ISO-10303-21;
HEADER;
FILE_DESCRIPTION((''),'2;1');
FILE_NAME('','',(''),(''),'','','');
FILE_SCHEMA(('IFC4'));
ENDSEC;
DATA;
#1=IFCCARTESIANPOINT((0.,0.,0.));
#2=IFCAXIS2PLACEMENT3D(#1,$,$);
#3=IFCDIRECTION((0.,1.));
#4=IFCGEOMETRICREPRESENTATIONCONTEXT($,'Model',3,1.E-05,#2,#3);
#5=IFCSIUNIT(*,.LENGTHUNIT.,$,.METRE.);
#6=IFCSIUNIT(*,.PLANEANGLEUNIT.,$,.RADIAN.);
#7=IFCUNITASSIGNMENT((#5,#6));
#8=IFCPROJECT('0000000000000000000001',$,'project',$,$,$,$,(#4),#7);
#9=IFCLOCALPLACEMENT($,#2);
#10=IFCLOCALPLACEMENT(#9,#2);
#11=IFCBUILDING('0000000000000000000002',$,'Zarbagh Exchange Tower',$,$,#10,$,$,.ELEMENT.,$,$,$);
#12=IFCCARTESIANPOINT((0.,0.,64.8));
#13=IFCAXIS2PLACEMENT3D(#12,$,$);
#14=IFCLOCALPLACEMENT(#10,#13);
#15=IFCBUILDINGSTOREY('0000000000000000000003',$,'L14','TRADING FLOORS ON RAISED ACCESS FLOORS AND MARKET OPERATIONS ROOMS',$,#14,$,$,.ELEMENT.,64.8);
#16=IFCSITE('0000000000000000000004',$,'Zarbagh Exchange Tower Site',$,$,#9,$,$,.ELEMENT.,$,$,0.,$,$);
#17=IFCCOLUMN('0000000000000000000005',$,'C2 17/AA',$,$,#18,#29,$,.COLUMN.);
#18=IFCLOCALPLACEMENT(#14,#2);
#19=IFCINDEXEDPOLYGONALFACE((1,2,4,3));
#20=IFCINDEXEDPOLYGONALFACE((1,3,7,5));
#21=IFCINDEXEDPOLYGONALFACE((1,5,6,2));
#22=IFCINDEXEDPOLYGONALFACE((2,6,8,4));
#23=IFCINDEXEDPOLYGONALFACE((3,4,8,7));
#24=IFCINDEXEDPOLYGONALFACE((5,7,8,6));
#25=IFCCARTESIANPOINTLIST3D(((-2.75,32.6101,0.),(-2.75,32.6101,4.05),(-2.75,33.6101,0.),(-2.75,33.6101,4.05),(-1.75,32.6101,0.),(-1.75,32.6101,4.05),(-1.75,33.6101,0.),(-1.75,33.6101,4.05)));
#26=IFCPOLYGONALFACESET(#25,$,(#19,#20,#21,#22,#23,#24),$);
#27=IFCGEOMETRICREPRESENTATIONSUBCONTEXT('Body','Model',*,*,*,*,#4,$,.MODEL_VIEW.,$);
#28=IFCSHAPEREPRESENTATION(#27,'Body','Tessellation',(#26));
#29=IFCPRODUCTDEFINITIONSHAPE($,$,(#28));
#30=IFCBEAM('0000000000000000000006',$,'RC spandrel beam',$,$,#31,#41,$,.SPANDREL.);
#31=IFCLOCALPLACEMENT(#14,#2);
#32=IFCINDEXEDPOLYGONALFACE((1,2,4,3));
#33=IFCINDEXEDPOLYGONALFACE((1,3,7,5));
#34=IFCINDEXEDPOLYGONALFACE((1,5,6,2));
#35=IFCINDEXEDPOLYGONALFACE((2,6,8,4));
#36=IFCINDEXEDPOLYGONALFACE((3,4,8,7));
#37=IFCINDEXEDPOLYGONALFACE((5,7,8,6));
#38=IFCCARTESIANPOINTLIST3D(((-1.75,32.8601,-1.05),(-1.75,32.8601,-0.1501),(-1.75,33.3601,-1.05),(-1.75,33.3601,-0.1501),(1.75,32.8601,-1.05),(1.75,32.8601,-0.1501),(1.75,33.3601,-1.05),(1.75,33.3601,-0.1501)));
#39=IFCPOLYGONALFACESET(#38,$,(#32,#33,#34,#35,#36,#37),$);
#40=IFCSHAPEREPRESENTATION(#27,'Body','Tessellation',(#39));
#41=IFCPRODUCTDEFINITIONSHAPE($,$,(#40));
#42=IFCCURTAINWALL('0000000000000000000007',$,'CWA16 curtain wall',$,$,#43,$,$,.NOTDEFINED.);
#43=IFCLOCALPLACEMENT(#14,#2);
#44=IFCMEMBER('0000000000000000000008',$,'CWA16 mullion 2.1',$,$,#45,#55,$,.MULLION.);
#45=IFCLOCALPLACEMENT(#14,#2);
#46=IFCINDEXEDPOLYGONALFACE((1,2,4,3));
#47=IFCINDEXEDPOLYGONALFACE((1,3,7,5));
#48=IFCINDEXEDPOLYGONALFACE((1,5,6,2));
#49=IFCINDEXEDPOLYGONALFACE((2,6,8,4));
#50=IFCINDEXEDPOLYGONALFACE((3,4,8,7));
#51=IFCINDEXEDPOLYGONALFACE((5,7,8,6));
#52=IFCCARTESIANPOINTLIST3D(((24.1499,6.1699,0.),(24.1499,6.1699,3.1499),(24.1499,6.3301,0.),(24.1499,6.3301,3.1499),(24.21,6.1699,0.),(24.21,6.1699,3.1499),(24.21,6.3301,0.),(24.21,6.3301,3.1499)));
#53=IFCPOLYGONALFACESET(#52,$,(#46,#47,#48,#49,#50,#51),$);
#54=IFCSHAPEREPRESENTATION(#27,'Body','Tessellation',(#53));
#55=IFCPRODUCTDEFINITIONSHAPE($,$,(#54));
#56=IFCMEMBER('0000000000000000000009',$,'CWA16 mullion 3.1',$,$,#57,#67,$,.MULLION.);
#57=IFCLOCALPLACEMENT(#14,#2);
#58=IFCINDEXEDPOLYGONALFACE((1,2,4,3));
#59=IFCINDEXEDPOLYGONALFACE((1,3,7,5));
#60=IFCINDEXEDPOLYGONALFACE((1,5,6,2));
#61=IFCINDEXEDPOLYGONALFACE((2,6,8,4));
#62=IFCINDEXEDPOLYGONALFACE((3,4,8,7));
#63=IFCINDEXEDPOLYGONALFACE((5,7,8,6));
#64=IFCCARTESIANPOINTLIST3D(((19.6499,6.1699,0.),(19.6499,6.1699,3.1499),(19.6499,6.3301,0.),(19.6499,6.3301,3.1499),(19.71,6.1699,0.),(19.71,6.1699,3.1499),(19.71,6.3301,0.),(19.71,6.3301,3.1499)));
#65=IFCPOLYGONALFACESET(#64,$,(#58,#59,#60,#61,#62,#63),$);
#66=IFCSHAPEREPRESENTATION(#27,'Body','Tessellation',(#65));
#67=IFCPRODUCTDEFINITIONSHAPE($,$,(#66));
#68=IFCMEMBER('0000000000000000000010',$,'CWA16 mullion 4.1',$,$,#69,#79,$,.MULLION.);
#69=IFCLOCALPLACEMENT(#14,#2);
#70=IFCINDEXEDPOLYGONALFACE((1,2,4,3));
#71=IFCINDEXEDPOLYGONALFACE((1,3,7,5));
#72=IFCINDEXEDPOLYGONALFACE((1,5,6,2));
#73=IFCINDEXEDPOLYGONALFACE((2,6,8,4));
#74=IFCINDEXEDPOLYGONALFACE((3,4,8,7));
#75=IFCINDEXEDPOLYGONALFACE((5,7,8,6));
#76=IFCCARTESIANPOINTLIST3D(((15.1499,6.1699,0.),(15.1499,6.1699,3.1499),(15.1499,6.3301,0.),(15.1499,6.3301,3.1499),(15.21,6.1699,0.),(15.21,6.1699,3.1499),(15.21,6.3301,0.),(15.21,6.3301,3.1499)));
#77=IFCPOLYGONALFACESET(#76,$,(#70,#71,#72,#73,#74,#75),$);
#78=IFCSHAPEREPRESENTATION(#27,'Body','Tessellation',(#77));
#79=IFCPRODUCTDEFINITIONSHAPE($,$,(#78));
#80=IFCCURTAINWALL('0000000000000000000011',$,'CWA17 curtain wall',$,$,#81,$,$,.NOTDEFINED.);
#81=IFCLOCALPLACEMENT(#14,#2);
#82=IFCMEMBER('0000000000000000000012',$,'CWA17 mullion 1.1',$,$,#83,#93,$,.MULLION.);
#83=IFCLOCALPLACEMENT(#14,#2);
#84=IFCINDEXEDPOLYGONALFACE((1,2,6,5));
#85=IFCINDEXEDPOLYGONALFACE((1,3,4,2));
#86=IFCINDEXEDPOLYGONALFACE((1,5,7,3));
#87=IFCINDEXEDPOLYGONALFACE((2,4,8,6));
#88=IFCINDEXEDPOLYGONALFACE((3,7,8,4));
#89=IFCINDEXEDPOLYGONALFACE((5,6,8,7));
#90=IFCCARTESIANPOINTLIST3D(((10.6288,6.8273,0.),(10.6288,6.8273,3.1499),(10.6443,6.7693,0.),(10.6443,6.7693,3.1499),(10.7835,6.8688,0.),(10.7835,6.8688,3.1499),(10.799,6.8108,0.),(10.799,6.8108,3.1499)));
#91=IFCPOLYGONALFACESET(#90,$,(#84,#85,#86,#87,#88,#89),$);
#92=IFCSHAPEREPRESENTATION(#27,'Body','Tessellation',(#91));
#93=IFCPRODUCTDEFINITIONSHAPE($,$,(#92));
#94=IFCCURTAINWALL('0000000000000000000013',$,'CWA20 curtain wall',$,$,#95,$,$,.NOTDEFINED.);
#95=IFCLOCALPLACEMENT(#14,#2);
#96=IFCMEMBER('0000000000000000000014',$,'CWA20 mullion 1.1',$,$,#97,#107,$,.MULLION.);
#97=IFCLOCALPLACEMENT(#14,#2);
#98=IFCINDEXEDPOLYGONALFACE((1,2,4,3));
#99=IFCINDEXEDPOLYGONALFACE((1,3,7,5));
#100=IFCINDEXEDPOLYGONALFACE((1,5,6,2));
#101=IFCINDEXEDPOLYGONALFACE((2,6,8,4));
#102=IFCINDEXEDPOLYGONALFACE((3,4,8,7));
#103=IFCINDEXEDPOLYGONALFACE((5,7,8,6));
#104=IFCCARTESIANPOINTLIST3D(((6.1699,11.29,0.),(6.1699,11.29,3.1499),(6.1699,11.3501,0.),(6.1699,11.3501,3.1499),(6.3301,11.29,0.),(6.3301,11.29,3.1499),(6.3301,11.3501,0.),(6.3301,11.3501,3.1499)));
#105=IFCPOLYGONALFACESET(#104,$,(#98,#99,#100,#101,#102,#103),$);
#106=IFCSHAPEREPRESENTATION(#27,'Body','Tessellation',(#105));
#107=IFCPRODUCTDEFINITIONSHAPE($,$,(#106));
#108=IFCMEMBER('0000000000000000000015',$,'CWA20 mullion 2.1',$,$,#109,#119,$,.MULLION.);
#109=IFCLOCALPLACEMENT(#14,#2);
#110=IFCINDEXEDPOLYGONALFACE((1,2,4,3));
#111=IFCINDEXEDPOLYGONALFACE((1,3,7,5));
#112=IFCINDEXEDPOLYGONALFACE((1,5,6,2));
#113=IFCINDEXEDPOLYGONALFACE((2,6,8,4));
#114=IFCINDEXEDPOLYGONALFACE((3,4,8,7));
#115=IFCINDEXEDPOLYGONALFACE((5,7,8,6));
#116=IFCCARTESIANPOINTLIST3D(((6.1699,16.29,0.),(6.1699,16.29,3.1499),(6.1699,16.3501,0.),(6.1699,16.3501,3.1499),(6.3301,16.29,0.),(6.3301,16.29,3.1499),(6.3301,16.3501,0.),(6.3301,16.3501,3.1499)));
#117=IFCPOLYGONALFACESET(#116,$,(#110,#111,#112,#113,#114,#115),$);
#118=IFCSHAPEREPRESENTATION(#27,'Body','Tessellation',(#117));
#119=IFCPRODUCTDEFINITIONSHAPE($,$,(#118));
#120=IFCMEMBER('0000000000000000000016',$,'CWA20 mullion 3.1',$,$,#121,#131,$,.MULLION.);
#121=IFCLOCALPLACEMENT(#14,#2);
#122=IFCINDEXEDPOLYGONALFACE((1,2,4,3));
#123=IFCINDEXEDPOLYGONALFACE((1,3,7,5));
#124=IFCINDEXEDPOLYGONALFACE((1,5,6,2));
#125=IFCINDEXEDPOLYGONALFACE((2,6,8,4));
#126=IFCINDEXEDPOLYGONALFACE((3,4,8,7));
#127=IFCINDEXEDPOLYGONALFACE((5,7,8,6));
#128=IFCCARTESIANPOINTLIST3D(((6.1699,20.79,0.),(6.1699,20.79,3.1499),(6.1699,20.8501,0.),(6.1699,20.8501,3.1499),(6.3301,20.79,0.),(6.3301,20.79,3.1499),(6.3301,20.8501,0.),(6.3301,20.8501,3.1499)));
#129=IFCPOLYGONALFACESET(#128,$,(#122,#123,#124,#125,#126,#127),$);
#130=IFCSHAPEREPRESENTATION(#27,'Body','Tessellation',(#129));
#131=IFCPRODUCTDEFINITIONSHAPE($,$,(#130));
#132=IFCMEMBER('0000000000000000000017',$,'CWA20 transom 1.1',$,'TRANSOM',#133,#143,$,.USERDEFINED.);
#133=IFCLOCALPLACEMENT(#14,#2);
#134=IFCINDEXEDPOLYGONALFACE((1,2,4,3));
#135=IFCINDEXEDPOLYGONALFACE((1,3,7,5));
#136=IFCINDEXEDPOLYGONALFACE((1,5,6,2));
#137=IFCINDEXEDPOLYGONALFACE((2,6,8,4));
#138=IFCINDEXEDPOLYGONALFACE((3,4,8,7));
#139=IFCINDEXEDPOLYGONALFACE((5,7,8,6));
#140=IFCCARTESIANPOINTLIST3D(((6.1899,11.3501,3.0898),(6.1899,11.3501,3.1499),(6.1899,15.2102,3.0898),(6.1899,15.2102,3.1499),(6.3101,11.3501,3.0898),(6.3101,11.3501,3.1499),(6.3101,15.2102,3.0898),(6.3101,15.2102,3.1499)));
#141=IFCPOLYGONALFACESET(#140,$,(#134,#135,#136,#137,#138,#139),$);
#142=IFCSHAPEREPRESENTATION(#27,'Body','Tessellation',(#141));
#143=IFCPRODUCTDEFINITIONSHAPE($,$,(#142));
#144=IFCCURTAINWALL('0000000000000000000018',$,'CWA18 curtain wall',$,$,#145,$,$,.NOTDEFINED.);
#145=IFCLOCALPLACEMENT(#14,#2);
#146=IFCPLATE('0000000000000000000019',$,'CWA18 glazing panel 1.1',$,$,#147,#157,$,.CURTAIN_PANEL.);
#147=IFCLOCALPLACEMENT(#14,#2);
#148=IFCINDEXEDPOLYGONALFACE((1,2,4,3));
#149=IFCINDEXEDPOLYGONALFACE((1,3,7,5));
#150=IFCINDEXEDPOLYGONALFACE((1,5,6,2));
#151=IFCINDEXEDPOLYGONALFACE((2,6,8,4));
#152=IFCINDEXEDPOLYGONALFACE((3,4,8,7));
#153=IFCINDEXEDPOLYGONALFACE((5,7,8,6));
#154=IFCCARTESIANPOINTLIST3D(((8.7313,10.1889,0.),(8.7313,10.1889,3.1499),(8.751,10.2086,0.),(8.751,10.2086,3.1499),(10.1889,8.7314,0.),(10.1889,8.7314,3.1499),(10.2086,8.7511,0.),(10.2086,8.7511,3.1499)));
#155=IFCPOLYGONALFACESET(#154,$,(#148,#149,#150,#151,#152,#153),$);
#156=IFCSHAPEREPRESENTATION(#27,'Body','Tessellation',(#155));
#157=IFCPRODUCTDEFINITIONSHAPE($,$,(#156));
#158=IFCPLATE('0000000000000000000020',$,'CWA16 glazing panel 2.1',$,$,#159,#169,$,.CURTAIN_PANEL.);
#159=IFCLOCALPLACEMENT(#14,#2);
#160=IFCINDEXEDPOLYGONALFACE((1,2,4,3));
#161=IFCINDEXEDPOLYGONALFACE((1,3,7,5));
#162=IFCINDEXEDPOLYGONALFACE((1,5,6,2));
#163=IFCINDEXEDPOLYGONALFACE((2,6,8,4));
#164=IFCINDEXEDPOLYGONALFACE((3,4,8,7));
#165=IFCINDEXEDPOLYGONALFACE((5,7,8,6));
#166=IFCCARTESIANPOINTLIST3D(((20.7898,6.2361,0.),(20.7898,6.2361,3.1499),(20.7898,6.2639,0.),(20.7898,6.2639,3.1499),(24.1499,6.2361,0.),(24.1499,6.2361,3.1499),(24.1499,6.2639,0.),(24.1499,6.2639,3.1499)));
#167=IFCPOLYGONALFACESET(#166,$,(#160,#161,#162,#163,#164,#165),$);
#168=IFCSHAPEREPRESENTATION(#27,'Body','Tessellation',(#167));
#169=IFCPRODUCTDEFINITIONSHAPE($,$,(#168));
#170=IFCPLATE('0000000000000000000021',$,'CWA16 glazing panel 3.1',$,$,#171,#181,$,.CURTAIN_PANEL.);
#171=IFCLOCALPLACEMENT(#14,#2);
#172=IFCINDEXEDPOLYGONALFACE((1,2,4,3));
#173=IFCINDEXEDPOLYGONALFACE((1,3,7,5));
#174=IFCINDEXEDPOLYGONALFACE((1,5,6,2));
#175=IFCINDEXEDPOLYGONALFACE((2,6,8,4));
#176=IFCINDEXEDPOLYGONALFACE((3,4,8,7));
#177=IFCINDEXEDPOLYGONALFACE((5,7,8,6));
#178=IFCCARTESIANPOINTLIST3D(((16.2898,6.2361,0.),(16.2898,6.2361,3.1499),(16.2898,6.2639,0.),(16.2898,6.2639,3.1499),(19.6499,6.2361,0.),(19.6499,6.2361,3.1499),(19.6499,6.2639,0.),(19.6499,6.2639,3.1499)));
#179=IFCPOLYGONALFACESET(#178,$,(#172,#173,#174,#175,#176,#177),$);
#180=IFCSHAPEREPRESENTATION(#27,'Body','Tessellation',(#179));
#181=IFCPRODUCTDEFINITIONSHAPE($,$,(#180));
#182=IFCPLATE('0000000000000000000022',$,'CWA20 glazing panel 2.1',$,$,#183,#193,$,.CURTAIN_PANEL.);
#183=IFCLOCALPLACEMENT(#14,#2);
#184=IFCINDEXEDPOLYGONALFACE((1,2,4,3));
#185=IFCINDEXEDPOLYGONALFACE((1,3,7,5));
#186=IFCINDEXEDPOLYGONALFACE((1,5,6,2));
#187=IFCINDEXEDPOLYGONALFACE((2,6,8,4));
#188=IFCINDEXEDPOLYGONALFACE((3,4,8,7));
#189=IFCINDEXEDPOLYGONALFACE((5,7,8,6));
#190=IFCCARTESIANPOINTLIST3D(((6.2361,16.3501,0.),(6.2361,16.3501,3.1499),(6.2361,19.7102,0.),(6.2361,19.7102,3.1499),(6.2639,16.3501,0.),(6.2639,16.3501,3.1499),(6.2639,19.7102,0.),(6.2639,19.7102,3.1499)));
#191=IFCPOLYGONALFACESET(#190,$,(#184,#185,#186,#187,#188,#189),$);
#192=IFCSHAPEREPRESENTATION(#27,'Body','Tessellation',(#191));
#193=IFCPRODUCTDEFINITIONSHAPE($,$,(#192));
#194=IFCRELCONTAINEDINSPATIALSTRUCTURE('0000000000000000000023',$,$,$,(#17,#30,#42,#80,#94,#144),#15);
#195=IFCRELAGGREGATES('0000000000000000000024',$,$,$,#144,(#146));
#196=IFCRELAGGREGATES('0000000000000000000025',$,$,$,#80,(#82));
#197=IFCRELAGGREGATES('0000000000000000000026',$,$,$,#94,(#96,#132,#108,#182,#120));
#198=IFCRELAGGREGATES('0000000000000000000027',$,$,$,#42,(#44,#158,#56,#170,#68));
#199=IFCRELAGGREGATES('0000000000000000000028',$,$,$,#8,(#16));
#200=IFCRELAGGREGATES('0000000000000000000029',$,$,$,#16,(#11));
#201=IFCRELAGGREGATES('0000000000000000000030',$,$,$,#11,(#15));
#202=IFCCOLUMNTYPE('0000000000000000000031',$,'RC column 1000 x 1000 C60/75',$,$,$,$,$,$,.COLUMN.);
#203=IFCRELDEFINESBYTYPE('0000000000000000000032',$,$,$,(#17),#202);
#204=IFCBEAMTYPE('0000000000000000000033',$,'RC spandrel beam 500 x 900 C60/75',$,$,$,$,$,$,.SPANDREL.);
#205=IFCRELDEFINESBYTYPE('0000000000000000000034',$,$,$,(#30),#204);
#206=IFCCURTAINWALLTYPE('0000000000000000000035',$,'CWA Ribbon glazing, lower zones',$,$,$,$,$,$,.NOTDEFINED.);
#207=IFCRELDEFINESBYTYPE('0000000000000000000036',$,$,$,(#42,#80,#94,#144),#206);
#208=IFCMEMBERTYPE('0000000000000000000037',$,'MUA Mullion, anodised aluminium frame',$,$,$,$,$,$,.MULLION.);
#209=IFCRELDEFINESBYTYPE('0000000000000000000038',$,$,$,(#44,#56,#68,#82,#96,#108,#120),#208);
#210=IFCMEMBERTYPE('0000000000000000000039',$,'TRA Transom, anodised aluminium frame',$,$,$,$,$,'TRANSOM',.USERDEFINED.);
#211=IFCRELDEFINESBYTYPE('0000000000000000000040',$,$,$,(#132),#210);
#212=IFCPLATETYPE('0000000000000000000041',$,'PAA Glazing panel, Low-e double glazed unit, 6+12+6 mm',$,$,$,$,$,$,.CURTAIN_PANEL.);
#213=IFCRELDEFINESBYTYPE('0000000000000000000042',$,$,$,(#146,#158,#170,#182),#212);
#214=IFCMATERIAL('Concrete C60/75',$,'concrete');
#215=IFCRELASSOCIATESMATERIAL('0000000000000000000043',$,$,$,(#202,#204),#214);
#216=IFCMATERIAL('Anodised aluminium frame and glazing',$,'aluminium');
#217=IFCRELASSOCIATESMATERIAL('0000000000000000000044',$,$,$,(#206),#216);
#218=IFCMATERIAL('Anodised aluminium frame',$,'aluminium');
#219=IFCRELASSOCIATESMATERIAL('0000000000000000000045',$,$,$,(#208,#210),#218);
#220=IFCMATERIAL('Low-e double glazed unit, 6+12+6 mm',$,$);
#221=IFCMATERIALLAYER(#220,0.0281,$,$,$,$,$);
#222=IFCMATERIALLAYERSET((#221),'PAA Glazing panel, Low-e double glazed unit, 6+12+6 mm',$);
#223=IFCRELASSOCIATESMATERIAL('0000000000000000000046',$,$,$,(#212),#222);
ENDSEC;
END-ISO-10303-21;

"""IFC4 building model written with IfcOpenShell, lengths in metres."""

from ifc_helpers import new_model, si_unit, direction, frame, origin, origin_2d, place, context, subcontext, project, spatial, polyline, rectangle, outline, extrude, source, transform, mapped, material, layer, layer_set, material_profile, profile_set, type_object, element, aggregate, save


model = new_model("IFC4")

# Units and contexts
model_context = context("Model", 3, precision=1e-05, world=origin(), true_north=direction((0.0, 1.0)))
body_context = subcontext(model_context, "Body", "Model", "MODEL_VIEW")
ifc_project = project(units=[si_unit("LENGTHUNIT", "METRE"), si_unit("PLANEANGLEUNIT", "RADIAN")], contexts=[model_context])

# Site, building, storey
site_placement = place(None, origin())
site = spatial("IfcSite", under=ifc_project, at=site_placement, Name="Zarbagh Exchange Tower Site", CompositionType="ELEMENT", RefElevation=0.0)
building_placement = place(site_placement, origin())
building = spatial("IfcBuilding", under=site, at=building_placement, Name="Zarbagh Exchange Tower", CompositionType="ELEMENT")
storey_placement = place(building_placement, frame((0.0, 0.0, 64.8)))
storey = spatial("IfcBuildingStorey", under=building, at=storey_placement, Name="L14", Description="TRADING FLOORS ON RAISED ACCESS FLOORS AND MARKET OPERATIONS ROOMS", CompositionType="ELEMENT", Elevation=64.8)

# Column
ifc_material_1 = material(Name="Concrete C60/75", Category="concrete")
ifc_material_profile_1 = material_profile(ifc_material_1, rectangle(XDim=1.0, YDim=1.0, at=origin_2d()), Name="RC column 1000 x 1000 C60/75")
ifc_profile_set_1 = profile_set([ifc_material_profile_1], Name="Concrete C60/75")
column_type = type_object("IfcColumnType", Name="RC column 1000 x 1000 C60/75", PredefinedType="COLUMN", material=ifc_profile_set_1)
column_placement = place(storey_placement, frame((-2.25, 33.1101, 0.0), z_axis=(0.0, 0.0, 1.0), x_axis=(1.0, 0.0, 0.0)))
element("IfcColumn", 1, at=column_placement, inside=storey, type_object=column_type, Name="C2 17/AA", PredefinedType="COLUMN", context=body_context, shape_type="SweptSolid", body=[
    extrude(rectangle(XDim=1.0, YDim=1.0, at=origin_2d()), origin(), (0.0, 0.0, 1.0), 4.05),
])

# Beam
ifc_material_profile_2 = material_profile(ifc_material_1, rectangle(XDim=0.5, YDim=0.8999, at=origin_2d()), Name="RC spandrel beam 500 x 900 C60/75")
ifc_profile_set_2 = profile_set([ifc_material_profile_2], Name="Concrete C60/75")
beam_type = type_object("IfcBeamType", Name="RC spandrel beam 500 x 900 C60/75", PredefinedType="SPANDREL", material=ifc_profile_set_2)
beam_placement = place(storey_placement, frame((-1.75, 33.1101, -0.6001), z_axis=(1.0, 0.0, 0.0), x_axis=(0.0, 1.0, 0.0)))
element("IfcBeam", 2, at=beam_placement, inside=storey, type_object=beam_type, Name="RC spandrel beam", PredefinedType="SPANDREL", context=body_context, shape_type="SweptSolid", body=[
    extrude(rectangle(XDim=0.5, YDim=0.8999, at=origin_2d()), origin(), (0.0, 0.0, 1.0), 3.5),
])

# Curtain wall, members
ifc_material_2 = material(Name="Anodised aluminium frame and glazing", Category="aluminium")
curtain_wall_type = type_object("IfcCurtainWallType", Name="CWA Ribbon glazing, lower zones", PredefinedType="NOTDEFINED", material=ifc_material_2)
curtain_wall_1_placement = place(storey_placement, origin())
curtain_wall_1 = element("IfcCurtainWall", 3, at=curtain_wall_1_placement, inside=storey, type_object=curtain_wall_type, Name="CWA16 curtain wall", PredefinedType="NOTDEFINED")
ifc_material_3 = material(Name="Anodised aluminium frame", Category="aluminium")
member_type_1 = type_object("IfcMemberType", Name="MUA Mullion, anodised aluminium frame", PredefinedType="MULLION", material=ifc_material_3)
shared_shape_1 = source(origin(), body_context, "Body", "SweptSolid", [
    extrude(outline(polyline([(0.0, -0.0801), (0.0601, -0.0801), (0.0601, 0.0801), (0.0, 0.0801), (0.0, -0.0801)])), origin(), (0.0, 0.0, 1.0), 3.1499),
])
placement = place(storey_placement, origin())
member_1 = element("IfcMember", 4, at=placement, type_object=member_type_1, Name="CWA16 mullion 2.1", PredefinedType="MULLION", context=body_context, shape_type="MappedRepresentation", body=[
    mapped(shared_shape_1, transform((24.21, 6.25, 0.0), x_axis=(-1.0, 0.0, 0.0), y_axis=(0.0, -1.0, 0.0), z_axis=(0.0, 0.0, 1.0))),
])
member_2 = element("IfcMember", 5, at=placement, type_object=member_type_1, Name="CWA16 mullion 3.1", PredefinedType="MULLION", context=body_context, shape_type="MappedRepresentation", body=[
    mapped(shared_shape_1, transform((19.71, 6.25, 0.0), x_axis=(-1.0, 0.0, 0.0), y_axis=(0.0, -1.0, 0.0), z_axis=(0.0, 0.0, 1.0))),
])
member_3 = element("IfcMember", 6, at=placement, type_object=member_type_1, Name="CWA16 mullion 4.1", PredefinedType="MULLION", context=body_context, shape_type="MappedRepresentation", body=[
    mapped(shared_shape_1, transform((15.21, 6.25, 0.0), x_axis=(-1.0, 0.0, 0.0), y_axis=(0.0, -1.0, 0.0), z_axis=(0.0, 0.0, 1.0))),
])

# Curtain wall, member
curtain_wall_2_placement = place(storey_placement, origin())
curtain_wall_2 = element("IfcCurtainWall", 7, at=curtain_wall_2_placement, inside=storey, type_object=curtain_wall_type, Name="CWA17 curtain wall", PredefinedType="NOTDEFINED")
member_4 = element("IfcMember", 8, at=placement, type_object=member_type_1, Name="CWA17 mullion 1.1", PredefinedType="MULLION", context=body_context, shape_type="MappedRepresentation", body=[
    mapped(shared_shape_1, transform((10.7217, 6.79, 0.0), x_axis=(-0.258825, 0.965924, 0.0), y_axis=(-0.965924, -0.258825, 0.0), z_axis=(0.0, 0.0, 1.0))),
])

# Curtain wall, members
curtain_wall_3_placement = place(storey_placement, origin())
curtain_wall_3 = element("IfcCurtainWall", 9, at=curtain_wall_3_placement, inside=storey, type_object=curtain_wall_type, Name="CWA20 curtain wall", PredefinedType="NOTDEFINED")
member_5 = element("IfcMember", 10, at=placement, type_object=member_type_1, Name="CWA20 mullion 1.1", PredefinedType="MULLION", context=body_context, shape_type="MappedRepresentation", body=[
    mapped(shared_shape_1, transform((6.25, 11.29, 0.0), x_axis=(0.0, 1.0, 0.0), y_axis=(-1.0, 0.0, 0.0), z_axis=(0.0, 0.0, 1.0))),
])
member_6 = element("IfcMember", 11, at=placement, type_object=member_type_1, Name="CWA20 mullion 2.1", PredefinedType="MULLION", context=body_context, shape_type="MappedRepresentation", body=[
    mapped(shared_shape_1, transform((6.25, 16.29, 0.0), x_axis=(0.0, 1.0, 0.0), y_axis=(-1.0, 0.0, 0.0), z_axis=(0.0, 0.0, 1.0))),
])
member_7 = element("IfcMember", 12, at=placement, type_object=member_type_1, Name="CWA20 mullion 3.1", PredefinedType="MULLION", context=body_context, shape_type="MappedRepresentation", body=[
    mapped(shared_shape_1, transform((6.25, 20.79, 0.0), x_axis=(0.0, 1.0, 0.0), y_axis=(-1.0, 0.0, 0.0), z_axis=(0.0, 0.0, 1.0))),
])
member_type_2 = type_object("IfcMemberType", Name="TRA Transom, anodised aluminium frame", ElementType="TRANSOM", PredefinedType="USERDEFINED", material=ifc_material_3)
shared_shape_2 = source(origin(), body_context, "Body", "SweptSolid", [
    extrude(outline(polyline([(-0.0601, -0.0601), (0.0, -0.0601), (0.0, 0.0601), (-0.0601, 0.0601), (-0.0601, -0.0601)])), origin(), (0.0, 0.0, 1.0), 3.8601),
])
member_8 = element("IfcMember", 13, at=placement, type_object=member_type_2, Name="CWA20 transom 1.1", ObjectType="TRANSOM", PredefinedType="USERDEFINED", context=body_context, shape_type="MappedRepresentation", body=[
    mapped(shared_shape_2, transform((6.25, 11.3501, 3.1499), x_axis=(0.0, 0.0, 1.0), y_axis=(1.0, 0.0, 0.0), z_axis=(0.0, 1.0, 0.0))),
])

# Curtain wall, plate
curtain_wall_4_placement = place(storey_placement, origin())
curtain_wall_4 = element("IfcCurtainWall", 14, at=curtain_wall_4_placement, inside=storey, type_object=curtain_wall_type, Name="CWA18 curtain wall", PredefinedType="NOTDEFINED")
ifc_material_4 = material(Name="Low-e double glazed unit, 6+12+6 mm")
ifc_layer_1 = layer(ifc_material_4, 0.0281)
ifc_layer_set_1 = layer_set([ifc_layer_1], Name="PAA Glazing panel, Low-e double glazed unit, 6+12+6 mm")
plate_type = type_object("IfcPlateType", Name="PAA Glazing panel, Low-e double glazed unit, 6+12+6 mm", PredefinedType="CURTAIN_PANEL", material=ifc_layer_set_1)
shared_shape_3 = source(origin(), body_context, "Body", "SweptSolid", [
    extrude(outline(polyline([(0.0, -0.0139), (2.0613, -0.0139), (2.0613, 0.0139), (0.0, 0.0139), (0.0, -0.0139)])), origin(), (0.0, 0.0, 1.0), 3.1499),
])
plate_1 = element("IfcPlate", 15, at=placement, type_object=plate_type, Name="CWA18 glazing panel 1.1", PredefinedType="CURTAIN_PANEL", context=body_context, shape_type="MappedRepresentation", body=[
    mapped(shared_shape_3, transform((10.1987, 8.7412, 0.0), x_axis=(-0.707107, 0.707107, 0.0), y_axis=(-0.707107, -0.707107, 0.0), z_axis=(0.0, 0.0, 1.0))),
])
aggregate(curtain_wall_4, [plate_1])

# Plates
shared_shape_4 = source(origin(), body_context, "Body", "SweptSolid", [
    extrude(outline(polyline([(0.0, -0.0139), (3.3601, -0.0139), (3.3601, 0.0139), (0.0, 0.0139), (0.0, -0.0139)])), origin(), (0.0, 0.0, 1.0), 3.1499),
])
plate_2 = element("IfcPlate", 16, at=placement, type_object=plate_type, Name="CWA16 glazing panel 2.1", PredefinedType="CURTAIN_PANEL", context=body_context, shape_type="MappedRepresentation", body=[
    mapped(shared_shape_4, transform((24.1499, 6.25, 0.0), x_axis=(-1.0, 0.0, 0.0), y_axis=(0.0, -1.0, 0.0), z_axis=(0.0, 0.0, 1.0))),
])
plate_3 = element("IfcPlate", 17, at=placement, type_object=plate_type, Name="CWA16 glazing panel 3.1", PredefinedType="CURTAIN_PANEL", context=body_context, shape_type="MappedRepresentation", body=[
    mapped(shared_shape_4, transform((19.6499, 6.25, 0.0), x_axis=(-1.0, 0.0, 0.0), y_axis=(0.0, -1.0, 0.0), z_axis=(0.0, 0.0, 1.0))),
])
plate_4 = element("IfcPlate", 18, at=placement, type_object=plate_type, Name="CWA20 glazing panel 2.1", PredefinedType="CURTAIN_PANEL", context=body_context, shape_type="MappedRepresentation", body=[
    mapped(shared_shape_4, transform((6.25, 16.3501, 0.0), x_axis=(0.0, 1.0, 0.0), y_axis=(-1.0, 0.0, 0.0), z_axis=(0.0, 0.0, 1.0))),
])
aggregate(curtain_wall_2, [member_4])

aggregate(curtain_wall_3, [member_5, member_8, member_6, plate_4, member_7])
aggregate(curtain_wall_1, [member_1, plate_2, member_2, plate_3, member_3])

save(model, "model.ifc")
